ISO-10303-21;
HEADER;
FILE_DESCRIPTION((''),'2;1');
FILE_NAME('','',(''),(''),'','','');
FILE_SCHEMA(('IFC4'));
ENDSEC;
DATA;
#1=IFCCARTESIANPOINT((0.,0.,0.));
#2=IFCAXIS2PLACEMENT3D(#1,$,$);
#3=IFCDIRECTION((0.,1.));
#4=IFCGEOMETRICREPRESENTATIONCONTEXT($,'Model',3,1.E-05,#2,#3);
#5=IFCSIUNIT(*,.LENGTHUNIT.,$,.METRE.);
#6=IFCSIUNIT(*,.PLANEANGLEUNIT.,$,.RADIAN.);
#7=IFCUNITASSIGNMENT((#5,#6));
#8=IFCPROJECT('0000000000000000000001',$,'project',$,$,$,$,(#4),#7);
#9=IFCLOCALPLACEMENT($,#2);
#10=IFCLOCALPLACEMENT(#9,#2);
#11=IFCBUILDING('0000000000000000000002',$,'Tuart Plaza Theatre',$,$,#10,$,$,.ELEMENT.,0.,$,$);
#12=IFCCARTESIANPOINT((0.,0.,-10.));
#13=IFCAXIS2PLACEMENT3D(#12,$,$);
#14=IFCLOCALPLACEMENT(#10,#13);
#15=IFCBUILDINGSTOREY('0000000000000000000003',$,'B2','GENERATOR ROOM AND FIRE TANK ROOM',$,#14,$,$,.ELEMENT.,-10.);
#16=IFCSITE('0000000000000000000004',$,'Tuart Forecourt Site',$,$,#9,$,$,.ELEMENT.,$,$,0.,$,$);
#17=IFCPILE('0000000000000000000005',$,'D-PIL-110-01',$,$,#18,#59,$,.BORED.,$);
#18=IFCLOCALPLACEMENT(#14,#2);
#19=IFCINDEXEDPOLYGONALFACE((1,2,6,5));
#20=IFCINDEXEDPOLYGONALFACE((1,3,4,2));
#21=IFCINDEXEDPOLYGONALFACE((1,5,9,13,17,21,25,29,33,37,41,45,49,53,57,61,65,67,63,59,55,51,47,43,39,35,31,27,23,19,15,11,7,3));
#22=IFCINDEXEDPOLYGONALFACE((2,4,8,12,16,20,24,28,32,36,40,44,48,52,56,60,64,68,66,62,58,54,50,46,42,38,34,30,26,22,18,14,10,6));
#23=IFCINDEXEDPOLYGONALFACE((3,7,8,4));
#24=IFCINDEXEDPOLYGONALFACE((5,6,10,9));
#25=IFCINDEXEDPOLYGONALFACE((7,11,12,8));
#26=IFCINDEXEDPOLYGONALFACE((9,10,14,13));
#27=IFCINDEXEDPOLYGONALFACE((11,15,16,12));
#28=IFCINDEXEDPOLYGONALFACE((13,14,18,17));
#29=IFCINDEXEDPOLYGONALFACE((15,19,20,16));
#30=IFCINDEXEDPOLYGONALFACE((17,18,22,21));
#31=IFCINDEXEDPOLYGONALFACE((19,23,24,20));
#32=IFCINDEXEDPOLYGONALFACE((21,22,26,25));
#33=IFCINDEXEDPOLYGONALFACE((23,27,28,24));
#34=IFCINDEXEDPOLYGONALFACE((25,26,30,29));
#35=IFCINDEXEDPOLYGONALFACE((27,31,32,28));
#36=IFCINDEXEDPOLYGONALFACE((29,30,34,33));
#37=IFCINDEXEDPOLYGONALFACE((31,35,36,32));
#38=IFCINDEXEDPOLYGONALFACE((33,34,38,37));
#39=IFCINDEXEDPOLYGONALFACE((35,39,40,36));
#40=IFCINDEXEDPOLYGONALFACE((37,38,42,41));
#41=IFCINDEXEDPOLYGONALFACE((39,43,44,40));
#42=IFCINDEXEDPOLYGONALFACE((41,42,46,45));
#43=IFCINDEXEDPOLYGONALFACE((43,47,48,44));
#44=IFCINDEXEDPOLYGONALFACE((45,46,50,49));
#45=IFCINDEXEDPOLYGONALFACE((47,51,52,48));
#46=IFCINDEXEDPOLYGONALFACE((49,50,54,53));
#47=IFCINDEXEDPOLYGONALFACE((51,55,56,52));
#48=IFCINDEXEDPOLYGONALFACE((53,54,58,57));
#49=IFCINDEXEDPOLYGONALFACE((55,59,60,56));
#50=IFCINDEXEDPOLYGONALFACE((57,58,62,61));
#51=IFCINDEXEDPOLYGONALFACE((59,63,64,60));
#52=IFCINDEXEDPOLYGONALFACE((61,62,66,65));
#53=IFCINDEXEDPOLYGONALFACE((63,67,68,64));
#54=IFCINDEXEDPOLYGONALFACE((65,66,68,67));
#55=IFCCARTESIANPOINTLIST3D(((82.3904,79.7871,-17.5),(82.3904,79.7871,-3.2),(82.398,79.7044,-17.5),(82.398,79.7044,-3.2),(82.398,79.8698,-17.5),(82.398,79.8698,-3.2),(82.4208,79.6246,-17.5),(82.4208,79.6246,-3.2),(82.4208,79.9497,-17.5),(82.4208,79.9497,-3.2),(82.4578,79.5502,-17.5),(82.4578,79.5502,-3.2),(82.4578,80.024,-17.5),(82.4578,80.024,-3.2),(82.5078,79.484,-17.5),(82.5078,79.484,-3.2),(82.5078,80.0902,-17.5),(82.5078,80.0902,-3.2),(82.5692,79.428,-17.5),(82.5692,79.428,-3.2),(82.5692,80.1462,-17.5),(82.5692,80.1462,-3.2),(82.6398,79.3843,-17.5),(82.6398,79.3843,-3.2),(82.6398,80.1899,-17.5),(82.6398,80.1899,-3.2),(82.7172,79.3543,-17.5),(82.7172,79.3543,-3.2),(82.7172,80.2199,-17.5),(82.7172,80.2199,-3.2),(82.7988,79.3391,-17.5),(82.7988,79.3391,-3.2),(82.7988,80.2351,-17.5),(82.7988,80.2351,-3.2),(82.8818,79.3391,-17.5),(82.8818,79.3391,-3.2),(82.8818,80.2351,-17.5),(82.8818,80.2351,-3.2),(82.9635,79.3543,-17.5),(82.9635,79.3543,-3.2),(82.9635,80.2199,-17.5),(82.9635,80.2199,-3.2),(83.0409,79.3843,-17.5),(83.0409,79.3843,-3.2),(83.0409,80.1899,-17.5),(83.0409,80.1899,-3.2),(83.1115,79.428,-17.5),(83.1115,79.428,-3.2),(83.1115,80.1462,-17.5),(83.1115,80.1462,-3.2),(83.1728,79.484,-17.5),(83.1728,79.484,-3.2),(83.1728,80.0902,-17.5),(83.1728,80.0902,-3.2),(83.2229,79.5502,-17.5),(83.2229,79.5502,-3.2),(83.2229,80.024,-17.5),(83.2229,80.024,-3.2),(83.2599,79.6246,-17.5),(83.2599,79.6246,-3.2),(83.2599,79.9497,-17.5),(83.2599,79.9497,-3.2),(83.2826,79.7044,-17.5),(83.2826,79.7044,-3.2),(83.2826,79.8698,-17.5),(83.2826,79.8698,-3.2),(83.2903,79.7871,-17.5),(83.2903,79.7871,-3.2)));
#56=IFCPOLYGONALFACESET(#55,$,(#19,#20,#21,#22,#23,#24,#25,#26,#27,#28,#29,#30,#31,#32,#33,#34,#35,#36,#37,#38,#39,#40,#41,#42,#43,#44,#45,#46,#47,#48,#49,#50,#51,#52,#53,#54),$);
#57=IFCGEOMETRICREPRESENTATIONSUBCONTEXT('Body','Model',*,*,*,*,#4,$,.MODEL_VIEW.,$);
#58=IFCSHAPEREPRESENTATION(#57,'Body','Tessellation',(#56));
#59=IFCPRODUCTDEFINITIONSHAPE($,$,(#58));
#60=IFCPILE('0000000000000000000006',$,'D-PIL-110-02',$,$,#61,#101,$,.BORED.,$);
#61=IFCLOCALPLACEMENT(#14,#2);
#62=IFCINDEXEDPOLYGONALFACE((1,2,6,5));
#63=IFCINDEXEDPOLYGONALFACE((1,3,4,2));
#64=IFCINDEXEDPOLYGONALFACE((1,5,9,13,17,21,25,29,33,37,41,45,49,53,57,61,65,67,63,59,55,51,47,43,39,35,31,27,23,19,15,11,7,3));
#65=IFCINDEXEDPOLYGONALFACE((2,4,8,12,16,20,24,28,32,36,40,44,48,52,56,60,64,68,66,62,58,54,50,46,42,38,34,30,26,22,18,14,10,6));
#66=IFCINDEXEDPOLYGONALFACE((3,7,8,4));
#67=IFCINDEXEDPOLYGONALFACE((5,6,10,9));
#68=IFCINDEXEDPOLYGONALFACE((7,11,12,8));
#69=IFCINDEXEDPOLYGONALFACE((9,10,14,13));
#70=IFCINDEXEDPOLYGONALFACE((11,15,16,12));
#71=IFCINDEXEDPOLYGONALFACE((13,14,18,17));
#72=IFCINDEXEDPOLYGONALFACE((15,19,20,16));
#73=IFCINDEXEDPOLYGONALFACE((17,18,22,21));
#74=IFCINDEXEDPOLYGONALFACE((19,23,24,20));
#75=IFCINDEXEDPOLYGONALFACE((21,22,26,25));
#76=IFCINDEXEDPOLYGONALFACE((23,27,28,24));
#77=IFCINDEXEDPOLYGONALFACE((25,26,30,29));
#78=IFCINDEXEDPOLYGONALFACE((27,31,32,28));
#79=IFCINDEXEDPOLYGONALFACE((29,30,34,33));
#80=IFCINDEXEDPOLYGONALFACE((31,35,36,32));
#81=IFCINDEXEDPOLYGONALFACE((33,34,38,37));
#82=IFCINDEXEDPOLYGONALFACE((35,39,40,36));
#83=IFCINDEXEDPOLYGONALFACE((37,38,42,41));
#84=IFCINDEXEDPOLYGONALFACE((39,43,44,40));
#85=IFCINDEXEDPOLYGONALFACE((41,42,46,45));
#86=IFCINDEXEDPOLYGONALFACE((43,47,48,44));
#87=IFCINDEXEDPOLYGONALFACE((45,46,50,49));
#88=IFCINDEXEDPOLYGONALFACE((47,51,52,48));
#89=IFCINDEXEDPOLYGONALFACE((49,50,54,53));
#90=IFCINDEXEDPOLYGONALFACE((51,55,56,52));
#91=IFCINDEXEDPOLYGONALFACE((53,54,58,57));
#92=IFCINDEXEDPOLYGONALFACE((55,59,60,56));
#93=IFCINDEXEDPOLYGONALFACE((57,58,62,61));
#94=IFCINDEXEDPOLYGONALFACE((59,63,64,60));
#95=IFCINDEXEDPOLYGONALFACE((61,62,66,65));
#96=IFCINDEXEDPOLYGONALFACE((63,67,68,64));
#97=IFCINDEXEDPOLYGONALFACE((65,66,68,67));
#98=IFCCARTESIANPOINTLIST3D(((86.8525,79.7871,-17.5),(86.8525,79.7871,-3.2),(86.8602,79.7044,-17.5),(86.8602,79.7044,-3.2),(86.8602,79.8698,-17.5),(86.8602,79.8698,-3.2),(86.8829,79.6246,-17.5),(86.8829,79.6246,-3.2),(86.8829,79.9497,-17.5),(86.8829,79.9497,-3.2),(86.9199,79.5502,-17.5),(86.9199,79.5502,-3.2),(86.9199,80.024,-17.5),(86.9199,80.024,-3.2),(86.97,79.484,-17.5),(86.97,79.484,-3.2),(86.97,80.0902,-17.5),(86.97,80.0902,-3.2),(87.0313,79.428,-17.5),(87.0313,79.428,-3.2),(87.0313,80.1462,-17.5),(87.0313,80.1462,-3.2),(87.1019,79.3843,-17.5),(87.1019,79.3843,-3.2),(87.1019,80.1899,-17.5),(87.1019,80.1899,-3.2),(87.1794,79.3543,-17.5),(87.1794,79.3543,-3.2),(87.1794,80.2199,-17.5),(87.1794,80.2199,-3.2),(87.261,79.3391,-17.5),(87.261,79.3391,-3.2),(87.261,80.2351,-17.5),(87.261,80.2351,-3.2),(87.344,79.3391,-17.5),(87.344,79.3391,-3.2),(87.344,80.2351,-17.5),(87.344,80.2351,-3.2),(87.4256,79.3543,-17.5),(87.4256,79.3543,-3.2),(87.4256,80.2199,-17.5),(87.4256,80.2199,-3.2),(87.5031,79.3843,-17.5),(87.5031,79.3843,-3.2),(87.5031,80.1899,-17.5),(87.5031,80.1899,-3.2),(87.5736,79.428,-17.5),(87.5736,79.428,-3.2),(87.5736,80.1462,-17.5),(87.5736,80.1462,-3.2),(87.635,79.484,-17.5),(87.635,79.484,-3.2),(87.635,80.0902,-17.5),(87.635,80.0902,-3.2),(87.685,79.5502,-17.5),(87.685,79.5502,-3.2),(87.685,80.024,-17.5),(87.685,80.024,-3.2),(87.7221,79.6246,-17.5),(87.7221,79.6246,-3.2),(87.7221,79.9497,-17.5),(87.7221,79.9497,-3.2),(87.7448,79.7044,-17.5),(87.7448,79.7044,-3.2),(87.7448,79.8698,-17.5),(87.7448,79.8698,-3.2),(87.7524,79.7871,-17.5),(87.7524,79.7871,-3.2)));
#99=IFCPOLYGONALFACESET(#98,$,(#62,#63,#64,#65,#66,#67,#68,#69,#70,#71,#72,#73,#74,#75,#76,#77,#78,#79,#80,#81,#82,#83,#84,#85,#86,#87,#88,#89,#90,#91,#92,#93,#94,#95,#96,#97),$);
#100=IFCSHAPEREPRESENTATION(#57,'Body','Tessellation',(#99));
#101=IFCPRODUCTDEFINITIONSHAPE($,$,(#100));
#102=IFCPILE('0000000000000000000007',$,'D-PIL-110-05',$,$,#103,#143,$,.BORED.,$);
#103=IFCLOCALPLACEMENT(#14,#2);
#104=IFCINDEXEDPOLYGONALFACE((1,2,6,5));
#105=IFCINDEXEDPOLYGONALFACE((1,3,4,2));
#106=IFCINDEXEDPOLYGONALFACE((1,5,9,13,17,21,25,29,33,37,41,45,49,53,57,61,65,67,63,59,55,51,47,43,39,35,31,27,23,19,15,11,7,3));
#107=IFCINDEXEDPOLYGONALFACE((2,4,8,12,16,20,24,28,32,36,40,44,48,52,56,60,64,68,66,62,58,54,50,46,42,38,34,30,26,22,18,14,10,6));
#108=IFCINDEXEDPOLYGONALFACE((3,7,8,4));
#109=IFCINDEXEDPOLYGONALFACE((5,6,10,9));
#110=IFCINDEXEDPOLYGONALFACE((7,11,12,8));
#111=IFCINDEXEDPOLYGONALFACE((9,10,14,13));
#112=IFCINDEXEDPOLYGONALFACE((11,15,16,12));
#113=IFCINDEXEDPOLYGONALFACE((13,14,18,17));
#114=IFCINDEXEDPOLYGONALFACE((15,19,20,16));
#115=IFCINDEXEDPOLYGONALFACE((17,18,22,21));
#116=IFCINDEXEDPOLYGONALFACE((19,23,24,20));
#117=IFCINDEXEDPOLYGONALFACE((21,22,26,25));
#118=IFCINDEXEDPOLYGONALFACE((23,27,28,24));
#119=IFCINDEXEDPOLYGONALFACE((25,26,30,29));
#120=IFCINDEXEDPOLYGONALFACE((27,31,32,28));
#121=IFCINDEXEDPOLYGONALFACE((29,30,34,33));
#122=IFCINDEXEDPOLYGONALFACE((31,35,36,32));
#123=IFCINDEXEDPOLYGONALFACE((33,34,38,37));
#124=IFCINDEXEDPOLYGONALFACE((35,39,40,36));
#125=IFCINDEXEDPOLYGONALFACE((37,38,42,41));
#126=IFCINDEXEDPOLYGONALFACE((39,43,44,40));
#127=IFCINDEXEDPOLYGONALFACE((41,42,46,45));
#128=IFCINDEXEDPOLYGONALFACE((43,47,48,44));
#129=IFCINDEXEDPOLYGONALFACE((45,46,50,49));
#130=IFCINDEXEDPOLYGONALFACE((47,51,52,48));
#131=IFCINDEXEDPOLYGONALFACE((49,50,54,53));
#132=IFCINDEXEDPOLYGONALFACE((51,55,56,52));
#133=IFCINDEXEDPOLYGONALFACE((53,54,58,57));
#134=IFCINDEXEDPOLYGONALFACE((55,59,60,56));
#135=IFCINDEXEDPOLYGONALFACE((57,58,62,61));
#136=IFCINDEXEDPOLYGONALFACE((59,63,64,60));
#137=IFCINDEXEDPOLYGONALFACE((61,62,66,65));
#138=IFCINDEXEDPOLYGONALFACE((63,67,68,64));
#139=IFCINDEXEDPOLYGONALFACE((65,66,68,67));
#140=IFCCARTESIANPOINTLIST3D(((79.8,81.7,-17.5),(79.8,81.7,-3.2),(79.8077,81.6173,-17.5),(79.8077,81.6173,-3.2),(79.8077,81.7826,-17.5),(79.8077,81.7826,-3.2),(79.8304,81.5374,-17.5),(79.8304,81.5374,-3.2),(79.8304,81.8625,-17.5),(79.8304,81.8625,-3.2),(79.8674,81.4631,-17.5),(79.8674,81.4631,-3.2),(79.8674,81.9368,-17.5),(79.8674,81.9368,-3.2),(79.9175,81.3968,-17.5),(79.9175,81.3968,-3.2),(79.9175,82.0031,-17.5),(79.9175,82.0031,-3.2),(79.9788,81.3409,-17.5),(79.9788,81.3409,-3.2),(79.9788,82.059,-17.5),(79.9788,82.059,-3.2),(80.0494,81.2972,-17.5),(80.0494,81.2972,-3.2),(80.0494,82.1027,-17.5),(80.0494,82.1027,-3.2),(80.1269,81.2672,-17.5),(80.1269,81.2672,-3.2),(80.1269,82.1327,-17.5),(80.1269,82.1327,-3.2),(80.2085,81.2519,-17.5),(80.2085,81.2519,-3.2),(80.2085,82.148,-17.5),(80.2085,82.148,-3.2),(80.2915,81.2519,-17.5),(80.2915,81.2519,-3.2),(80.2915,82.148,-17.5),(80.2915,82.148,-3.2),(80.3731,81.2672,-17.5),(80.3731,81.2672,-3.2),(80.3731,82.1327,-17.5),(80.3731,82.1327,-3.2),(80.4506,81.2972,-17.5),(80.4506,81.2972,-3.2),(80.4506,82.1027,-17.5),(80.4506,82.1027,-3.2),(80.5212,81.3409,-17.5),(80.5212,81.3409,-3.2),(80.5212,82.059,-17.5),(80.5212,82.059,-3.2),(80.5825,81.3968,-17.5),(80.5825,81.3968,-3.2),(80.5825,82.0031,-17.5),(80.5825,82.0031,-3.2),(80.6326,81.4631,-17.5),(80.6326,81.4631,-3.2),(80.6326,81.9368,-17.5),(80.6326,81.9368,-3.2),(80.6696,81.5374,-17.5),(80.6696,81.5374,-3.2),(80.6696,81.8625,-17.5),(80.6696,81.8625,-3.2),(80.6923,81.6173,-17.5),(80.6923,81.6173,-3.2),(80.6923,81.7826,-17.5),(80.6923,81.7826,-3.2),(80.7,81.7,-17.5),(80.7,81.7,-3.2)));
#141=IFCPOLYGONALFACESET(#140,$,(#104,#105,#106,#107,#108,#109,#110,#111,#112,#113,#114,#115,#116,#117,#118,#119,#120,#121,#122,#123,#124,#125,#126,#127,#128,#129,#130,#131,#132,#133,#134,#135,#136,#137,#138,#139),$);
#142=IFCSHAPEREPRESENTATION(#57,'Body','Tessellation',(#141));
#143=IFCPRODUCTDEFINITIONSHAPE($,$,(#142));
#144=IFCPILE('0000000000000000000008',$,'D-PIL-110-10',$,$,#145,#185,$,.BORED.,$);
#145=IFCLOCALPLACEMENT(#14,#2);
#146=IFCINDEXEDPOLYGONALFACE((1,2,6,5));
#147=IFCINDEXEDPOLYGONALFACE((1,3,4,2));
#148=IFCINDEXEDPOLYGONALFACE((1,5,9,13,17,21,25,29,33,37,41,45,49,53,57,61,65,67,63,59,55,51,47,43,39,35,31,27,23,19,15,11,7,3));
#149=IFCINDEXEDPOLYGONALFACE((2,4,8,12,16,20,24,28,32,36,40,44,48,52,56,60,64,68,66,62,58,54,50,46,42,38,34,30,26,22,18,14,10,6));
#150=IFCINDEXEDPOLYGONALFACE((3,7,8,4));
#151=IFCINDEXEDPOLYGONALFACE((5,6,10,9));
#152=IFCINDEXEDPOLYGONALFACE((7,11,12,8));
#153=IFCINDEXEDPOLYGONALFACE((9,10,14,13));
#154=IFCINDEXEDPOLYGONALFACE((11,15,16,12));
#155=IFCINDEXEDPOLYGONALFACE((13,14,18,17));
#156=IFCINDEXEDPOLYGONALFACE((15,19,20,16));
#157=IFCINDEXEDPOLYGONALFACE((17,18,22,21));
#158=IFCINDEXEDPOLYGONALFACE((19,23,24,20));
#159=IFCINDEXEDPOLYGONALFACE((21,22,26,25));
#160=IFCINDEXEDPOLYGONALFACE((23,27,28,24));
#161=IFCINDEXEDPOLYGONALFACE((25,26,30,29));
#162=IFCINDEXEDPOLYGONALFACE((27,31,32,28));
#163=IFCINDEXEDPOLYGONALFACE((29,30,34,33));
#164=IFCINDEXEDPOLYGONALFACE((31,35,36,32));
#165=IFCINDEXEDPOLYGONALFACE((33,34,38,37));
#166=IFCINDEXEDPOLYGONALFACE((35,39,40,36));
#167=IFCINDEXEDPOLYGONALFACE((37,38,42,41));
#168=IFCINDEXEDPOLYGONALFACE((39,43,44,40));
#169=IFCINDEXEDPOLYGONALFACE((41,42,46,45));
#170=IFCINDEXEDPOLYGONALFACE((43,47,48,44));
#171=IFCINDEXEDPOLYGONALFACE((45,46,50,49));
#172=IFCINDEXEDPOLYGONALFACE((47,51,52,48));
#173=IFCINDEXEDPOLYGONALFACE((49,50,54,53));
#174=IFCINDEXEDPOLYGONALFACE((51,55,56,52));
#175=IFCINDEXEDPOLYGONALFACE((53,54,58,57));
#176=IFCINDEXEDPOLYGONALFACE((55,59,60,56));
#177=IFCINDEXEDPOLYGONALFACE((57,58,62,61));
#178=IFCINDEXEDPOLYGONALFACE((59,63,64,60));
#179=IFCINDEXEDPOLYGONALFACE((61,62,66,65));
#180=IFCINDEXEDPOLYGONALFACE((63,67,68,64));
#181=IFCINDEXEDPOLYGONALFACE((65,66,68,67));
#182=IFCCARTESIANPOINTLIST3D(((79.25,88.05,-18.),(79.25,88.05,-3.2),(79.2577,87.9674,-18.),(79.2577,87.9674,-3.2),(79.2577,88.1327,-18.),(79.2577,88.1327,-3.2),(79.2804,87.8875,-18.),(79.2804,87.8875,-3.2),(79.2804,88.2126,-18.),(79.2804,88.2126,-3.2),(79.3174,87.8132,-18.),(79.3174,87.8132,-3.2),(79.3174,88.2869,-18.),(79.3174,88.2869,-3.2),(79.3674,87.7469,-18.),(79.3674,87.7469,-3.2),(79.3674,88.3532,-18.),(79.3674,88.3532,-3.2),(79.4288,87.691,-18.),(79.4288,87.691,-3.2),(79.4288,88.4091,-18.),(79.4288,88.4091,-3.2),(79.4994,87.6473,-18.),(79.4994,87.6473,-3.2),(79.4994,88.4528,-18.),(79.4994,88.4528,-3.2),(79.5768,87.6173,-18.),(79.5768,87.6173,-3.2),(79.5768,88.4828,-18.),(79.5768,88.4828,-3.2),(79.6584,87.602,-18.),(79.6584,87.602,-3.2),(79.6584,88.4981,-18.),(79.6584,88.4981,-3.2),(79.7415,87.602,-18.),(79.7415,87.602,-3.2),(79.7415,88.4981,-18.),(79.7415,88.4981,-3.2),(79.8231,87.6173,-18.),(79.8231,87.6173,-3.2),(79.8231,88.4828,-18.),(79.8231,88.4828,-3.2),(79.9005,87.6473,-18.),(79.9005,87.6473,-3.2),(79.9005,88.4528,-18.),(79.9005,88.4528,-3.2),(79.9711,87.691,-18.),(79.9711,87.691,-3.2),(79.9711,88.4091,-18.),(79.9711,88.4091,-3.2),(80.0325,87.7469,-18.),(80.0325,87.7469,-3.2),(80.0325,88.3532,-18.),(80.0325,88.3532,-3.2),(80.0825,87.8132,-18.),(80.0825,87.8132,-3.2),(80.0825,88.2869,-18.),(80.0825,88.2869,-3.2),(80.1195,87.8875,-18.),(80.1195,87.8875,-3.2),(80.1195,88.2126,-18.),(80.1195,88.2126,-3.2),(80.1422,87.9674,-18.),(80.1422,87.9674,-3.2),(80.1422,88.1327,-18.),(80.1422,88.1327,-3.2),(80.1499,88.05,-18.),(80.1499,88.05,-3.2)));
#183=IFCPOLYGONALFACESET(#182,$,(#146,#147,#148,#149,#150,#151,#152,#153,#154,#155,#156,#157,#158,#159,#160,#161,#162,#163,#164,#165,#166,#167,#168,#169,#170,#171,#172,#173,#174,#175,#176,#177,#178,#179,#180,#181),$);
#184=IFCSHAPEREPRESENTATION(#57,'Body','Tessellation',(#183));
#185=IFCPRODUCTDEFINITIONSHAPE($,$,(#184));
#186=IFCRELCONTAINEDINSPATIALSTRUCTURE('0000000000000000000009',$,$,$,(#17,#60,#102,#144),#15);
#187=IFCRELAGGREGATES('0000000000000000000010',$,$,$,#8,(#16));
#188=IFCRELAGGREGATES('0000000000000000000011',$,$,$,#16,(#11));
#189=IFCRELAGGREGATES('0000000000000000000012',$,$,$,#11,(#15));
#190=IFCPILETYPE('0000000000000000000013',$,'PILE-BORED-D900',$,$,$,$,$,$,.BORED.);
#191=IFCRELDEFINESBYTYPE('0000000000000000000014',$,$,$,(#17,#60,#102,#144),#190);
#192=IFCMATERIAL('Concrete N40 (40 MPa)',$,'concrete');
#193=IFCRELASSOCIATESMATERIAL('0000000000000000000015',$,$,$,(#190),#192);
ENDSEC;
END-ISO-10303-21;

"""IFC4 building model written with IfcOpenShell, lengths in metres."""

from ifc_helpers import new_model, si_unit, direction, frame, origin, origin_2d, place, context, subcontext, project, spatial, circle, extrude, material, material_profile, profile_set, type_object, element, save


model = new_model("IFC4")

# Units and contexts
model_context = context("Model", 3, precision=1e-05, world=origin(), true_north=direction((0.0, 1.0)))
body_context = subcontext(model_context, "Body", "Model", "MODEL_VIEW")
ifc_project = project(units=[si_unit("LENGTHUNIT", "METRE"), si_unit("PLANEANGLEUNIT", "RADIAN")], contexts=[model_context])

# Site, building, storey
site_placement = place(None, origin())
site = spatial("IfcSite", under=ifc_project, at=site_placement, Name="Tuart Forecourt Site", CompositionType="ELEMENT", RefElevation=0.0)
building_placement = place(site_placement, origin())
building = spatial("IfcBuilding", under=site, at=building_placement, Name="Tuart Plaza Theatre", CompositionType="ELEMENT", ElevationOfRefHeight=0.0)
storey_placement = place(building_placement, frame((0.0, 0.0, -10.0)))
storey = spatial("IfcBuildingStorey", under=building, at=storey_placement, Name="B2", Description="GENERATOR ROOM AND FIRE TANK ROOM", CompositionType="ELEMENT", Elevation=-10.0)

# Piles
ifc_material_1 = material(Name="Concrete N40 (40 MPa)", Category="concrete")
ifc_material_profile_1 = material_profile(ifc_material_1, circle(Radius=0.45, at=origin_2d()), Name="PILE-BORED-D900")
ifc_profile_set_1 = profile_set([ifc_material_profile_1], Name="Concrete N40 (40 MPa)")
pile_type = type_object("IfcPileType", Name="PILE-BORED-D900", PredefinedType="BORED", material=ifc_profile_set_1)
for number, where, z_axis, x_axis, name in (
    (1, (82.8403, 79.7871, -3.2), (0.0, 0.0, -1.0), (1.0, 0.0, 0.0), "D-PIL-110-01"),
    (2, (87.3025, 79.7871, -3.2), (0.0, 0.0, -1.0), (1.0, 0.0, 0.0), "D-PIL-110-02"),
    (3, (80.25, 81.7, -3.2), (0.0, 0.0, -1.0), (1.0, 0.0, 0.0), "D-PIL-110-05"),
):
    element("IfcPile", number, at=place(storey_placement, frame(where, z_axis=z_axis, x_axis=x_axis)), inside=storey, type_object=pile_type, Name=name, PredefinedType="BORED", context=body_context, shape_type="SweptSolid", body=[
        extrude(circle(Radius=0.45, at=origin_2d()), origin(), (0.0, 0.0, 1.0), 14.3),
    ])
for number, where, z_axis, x_axis, name in (
    (4, (79.7, 88.05, -3.2), (0.0, 0.0, -1.0), (1.0, 0.0, 0.0), "D-PIL-110-10"),
):
    element("IfcPile", number, at=place(storey_placement, frame(where, z_axis=z_axis, x_axis=x_axis)), inside=storey, type_object=pile_type, Name=name, PredefinedType="BORED", context=body_context, shape_type="SweptSolid", body=[
        extrude(circle(Radius=0.45, at=origin_2d()), origin(), (0.0, 0.0, 1.0), 14.8),
    ])

save(model, "model.ifc")
